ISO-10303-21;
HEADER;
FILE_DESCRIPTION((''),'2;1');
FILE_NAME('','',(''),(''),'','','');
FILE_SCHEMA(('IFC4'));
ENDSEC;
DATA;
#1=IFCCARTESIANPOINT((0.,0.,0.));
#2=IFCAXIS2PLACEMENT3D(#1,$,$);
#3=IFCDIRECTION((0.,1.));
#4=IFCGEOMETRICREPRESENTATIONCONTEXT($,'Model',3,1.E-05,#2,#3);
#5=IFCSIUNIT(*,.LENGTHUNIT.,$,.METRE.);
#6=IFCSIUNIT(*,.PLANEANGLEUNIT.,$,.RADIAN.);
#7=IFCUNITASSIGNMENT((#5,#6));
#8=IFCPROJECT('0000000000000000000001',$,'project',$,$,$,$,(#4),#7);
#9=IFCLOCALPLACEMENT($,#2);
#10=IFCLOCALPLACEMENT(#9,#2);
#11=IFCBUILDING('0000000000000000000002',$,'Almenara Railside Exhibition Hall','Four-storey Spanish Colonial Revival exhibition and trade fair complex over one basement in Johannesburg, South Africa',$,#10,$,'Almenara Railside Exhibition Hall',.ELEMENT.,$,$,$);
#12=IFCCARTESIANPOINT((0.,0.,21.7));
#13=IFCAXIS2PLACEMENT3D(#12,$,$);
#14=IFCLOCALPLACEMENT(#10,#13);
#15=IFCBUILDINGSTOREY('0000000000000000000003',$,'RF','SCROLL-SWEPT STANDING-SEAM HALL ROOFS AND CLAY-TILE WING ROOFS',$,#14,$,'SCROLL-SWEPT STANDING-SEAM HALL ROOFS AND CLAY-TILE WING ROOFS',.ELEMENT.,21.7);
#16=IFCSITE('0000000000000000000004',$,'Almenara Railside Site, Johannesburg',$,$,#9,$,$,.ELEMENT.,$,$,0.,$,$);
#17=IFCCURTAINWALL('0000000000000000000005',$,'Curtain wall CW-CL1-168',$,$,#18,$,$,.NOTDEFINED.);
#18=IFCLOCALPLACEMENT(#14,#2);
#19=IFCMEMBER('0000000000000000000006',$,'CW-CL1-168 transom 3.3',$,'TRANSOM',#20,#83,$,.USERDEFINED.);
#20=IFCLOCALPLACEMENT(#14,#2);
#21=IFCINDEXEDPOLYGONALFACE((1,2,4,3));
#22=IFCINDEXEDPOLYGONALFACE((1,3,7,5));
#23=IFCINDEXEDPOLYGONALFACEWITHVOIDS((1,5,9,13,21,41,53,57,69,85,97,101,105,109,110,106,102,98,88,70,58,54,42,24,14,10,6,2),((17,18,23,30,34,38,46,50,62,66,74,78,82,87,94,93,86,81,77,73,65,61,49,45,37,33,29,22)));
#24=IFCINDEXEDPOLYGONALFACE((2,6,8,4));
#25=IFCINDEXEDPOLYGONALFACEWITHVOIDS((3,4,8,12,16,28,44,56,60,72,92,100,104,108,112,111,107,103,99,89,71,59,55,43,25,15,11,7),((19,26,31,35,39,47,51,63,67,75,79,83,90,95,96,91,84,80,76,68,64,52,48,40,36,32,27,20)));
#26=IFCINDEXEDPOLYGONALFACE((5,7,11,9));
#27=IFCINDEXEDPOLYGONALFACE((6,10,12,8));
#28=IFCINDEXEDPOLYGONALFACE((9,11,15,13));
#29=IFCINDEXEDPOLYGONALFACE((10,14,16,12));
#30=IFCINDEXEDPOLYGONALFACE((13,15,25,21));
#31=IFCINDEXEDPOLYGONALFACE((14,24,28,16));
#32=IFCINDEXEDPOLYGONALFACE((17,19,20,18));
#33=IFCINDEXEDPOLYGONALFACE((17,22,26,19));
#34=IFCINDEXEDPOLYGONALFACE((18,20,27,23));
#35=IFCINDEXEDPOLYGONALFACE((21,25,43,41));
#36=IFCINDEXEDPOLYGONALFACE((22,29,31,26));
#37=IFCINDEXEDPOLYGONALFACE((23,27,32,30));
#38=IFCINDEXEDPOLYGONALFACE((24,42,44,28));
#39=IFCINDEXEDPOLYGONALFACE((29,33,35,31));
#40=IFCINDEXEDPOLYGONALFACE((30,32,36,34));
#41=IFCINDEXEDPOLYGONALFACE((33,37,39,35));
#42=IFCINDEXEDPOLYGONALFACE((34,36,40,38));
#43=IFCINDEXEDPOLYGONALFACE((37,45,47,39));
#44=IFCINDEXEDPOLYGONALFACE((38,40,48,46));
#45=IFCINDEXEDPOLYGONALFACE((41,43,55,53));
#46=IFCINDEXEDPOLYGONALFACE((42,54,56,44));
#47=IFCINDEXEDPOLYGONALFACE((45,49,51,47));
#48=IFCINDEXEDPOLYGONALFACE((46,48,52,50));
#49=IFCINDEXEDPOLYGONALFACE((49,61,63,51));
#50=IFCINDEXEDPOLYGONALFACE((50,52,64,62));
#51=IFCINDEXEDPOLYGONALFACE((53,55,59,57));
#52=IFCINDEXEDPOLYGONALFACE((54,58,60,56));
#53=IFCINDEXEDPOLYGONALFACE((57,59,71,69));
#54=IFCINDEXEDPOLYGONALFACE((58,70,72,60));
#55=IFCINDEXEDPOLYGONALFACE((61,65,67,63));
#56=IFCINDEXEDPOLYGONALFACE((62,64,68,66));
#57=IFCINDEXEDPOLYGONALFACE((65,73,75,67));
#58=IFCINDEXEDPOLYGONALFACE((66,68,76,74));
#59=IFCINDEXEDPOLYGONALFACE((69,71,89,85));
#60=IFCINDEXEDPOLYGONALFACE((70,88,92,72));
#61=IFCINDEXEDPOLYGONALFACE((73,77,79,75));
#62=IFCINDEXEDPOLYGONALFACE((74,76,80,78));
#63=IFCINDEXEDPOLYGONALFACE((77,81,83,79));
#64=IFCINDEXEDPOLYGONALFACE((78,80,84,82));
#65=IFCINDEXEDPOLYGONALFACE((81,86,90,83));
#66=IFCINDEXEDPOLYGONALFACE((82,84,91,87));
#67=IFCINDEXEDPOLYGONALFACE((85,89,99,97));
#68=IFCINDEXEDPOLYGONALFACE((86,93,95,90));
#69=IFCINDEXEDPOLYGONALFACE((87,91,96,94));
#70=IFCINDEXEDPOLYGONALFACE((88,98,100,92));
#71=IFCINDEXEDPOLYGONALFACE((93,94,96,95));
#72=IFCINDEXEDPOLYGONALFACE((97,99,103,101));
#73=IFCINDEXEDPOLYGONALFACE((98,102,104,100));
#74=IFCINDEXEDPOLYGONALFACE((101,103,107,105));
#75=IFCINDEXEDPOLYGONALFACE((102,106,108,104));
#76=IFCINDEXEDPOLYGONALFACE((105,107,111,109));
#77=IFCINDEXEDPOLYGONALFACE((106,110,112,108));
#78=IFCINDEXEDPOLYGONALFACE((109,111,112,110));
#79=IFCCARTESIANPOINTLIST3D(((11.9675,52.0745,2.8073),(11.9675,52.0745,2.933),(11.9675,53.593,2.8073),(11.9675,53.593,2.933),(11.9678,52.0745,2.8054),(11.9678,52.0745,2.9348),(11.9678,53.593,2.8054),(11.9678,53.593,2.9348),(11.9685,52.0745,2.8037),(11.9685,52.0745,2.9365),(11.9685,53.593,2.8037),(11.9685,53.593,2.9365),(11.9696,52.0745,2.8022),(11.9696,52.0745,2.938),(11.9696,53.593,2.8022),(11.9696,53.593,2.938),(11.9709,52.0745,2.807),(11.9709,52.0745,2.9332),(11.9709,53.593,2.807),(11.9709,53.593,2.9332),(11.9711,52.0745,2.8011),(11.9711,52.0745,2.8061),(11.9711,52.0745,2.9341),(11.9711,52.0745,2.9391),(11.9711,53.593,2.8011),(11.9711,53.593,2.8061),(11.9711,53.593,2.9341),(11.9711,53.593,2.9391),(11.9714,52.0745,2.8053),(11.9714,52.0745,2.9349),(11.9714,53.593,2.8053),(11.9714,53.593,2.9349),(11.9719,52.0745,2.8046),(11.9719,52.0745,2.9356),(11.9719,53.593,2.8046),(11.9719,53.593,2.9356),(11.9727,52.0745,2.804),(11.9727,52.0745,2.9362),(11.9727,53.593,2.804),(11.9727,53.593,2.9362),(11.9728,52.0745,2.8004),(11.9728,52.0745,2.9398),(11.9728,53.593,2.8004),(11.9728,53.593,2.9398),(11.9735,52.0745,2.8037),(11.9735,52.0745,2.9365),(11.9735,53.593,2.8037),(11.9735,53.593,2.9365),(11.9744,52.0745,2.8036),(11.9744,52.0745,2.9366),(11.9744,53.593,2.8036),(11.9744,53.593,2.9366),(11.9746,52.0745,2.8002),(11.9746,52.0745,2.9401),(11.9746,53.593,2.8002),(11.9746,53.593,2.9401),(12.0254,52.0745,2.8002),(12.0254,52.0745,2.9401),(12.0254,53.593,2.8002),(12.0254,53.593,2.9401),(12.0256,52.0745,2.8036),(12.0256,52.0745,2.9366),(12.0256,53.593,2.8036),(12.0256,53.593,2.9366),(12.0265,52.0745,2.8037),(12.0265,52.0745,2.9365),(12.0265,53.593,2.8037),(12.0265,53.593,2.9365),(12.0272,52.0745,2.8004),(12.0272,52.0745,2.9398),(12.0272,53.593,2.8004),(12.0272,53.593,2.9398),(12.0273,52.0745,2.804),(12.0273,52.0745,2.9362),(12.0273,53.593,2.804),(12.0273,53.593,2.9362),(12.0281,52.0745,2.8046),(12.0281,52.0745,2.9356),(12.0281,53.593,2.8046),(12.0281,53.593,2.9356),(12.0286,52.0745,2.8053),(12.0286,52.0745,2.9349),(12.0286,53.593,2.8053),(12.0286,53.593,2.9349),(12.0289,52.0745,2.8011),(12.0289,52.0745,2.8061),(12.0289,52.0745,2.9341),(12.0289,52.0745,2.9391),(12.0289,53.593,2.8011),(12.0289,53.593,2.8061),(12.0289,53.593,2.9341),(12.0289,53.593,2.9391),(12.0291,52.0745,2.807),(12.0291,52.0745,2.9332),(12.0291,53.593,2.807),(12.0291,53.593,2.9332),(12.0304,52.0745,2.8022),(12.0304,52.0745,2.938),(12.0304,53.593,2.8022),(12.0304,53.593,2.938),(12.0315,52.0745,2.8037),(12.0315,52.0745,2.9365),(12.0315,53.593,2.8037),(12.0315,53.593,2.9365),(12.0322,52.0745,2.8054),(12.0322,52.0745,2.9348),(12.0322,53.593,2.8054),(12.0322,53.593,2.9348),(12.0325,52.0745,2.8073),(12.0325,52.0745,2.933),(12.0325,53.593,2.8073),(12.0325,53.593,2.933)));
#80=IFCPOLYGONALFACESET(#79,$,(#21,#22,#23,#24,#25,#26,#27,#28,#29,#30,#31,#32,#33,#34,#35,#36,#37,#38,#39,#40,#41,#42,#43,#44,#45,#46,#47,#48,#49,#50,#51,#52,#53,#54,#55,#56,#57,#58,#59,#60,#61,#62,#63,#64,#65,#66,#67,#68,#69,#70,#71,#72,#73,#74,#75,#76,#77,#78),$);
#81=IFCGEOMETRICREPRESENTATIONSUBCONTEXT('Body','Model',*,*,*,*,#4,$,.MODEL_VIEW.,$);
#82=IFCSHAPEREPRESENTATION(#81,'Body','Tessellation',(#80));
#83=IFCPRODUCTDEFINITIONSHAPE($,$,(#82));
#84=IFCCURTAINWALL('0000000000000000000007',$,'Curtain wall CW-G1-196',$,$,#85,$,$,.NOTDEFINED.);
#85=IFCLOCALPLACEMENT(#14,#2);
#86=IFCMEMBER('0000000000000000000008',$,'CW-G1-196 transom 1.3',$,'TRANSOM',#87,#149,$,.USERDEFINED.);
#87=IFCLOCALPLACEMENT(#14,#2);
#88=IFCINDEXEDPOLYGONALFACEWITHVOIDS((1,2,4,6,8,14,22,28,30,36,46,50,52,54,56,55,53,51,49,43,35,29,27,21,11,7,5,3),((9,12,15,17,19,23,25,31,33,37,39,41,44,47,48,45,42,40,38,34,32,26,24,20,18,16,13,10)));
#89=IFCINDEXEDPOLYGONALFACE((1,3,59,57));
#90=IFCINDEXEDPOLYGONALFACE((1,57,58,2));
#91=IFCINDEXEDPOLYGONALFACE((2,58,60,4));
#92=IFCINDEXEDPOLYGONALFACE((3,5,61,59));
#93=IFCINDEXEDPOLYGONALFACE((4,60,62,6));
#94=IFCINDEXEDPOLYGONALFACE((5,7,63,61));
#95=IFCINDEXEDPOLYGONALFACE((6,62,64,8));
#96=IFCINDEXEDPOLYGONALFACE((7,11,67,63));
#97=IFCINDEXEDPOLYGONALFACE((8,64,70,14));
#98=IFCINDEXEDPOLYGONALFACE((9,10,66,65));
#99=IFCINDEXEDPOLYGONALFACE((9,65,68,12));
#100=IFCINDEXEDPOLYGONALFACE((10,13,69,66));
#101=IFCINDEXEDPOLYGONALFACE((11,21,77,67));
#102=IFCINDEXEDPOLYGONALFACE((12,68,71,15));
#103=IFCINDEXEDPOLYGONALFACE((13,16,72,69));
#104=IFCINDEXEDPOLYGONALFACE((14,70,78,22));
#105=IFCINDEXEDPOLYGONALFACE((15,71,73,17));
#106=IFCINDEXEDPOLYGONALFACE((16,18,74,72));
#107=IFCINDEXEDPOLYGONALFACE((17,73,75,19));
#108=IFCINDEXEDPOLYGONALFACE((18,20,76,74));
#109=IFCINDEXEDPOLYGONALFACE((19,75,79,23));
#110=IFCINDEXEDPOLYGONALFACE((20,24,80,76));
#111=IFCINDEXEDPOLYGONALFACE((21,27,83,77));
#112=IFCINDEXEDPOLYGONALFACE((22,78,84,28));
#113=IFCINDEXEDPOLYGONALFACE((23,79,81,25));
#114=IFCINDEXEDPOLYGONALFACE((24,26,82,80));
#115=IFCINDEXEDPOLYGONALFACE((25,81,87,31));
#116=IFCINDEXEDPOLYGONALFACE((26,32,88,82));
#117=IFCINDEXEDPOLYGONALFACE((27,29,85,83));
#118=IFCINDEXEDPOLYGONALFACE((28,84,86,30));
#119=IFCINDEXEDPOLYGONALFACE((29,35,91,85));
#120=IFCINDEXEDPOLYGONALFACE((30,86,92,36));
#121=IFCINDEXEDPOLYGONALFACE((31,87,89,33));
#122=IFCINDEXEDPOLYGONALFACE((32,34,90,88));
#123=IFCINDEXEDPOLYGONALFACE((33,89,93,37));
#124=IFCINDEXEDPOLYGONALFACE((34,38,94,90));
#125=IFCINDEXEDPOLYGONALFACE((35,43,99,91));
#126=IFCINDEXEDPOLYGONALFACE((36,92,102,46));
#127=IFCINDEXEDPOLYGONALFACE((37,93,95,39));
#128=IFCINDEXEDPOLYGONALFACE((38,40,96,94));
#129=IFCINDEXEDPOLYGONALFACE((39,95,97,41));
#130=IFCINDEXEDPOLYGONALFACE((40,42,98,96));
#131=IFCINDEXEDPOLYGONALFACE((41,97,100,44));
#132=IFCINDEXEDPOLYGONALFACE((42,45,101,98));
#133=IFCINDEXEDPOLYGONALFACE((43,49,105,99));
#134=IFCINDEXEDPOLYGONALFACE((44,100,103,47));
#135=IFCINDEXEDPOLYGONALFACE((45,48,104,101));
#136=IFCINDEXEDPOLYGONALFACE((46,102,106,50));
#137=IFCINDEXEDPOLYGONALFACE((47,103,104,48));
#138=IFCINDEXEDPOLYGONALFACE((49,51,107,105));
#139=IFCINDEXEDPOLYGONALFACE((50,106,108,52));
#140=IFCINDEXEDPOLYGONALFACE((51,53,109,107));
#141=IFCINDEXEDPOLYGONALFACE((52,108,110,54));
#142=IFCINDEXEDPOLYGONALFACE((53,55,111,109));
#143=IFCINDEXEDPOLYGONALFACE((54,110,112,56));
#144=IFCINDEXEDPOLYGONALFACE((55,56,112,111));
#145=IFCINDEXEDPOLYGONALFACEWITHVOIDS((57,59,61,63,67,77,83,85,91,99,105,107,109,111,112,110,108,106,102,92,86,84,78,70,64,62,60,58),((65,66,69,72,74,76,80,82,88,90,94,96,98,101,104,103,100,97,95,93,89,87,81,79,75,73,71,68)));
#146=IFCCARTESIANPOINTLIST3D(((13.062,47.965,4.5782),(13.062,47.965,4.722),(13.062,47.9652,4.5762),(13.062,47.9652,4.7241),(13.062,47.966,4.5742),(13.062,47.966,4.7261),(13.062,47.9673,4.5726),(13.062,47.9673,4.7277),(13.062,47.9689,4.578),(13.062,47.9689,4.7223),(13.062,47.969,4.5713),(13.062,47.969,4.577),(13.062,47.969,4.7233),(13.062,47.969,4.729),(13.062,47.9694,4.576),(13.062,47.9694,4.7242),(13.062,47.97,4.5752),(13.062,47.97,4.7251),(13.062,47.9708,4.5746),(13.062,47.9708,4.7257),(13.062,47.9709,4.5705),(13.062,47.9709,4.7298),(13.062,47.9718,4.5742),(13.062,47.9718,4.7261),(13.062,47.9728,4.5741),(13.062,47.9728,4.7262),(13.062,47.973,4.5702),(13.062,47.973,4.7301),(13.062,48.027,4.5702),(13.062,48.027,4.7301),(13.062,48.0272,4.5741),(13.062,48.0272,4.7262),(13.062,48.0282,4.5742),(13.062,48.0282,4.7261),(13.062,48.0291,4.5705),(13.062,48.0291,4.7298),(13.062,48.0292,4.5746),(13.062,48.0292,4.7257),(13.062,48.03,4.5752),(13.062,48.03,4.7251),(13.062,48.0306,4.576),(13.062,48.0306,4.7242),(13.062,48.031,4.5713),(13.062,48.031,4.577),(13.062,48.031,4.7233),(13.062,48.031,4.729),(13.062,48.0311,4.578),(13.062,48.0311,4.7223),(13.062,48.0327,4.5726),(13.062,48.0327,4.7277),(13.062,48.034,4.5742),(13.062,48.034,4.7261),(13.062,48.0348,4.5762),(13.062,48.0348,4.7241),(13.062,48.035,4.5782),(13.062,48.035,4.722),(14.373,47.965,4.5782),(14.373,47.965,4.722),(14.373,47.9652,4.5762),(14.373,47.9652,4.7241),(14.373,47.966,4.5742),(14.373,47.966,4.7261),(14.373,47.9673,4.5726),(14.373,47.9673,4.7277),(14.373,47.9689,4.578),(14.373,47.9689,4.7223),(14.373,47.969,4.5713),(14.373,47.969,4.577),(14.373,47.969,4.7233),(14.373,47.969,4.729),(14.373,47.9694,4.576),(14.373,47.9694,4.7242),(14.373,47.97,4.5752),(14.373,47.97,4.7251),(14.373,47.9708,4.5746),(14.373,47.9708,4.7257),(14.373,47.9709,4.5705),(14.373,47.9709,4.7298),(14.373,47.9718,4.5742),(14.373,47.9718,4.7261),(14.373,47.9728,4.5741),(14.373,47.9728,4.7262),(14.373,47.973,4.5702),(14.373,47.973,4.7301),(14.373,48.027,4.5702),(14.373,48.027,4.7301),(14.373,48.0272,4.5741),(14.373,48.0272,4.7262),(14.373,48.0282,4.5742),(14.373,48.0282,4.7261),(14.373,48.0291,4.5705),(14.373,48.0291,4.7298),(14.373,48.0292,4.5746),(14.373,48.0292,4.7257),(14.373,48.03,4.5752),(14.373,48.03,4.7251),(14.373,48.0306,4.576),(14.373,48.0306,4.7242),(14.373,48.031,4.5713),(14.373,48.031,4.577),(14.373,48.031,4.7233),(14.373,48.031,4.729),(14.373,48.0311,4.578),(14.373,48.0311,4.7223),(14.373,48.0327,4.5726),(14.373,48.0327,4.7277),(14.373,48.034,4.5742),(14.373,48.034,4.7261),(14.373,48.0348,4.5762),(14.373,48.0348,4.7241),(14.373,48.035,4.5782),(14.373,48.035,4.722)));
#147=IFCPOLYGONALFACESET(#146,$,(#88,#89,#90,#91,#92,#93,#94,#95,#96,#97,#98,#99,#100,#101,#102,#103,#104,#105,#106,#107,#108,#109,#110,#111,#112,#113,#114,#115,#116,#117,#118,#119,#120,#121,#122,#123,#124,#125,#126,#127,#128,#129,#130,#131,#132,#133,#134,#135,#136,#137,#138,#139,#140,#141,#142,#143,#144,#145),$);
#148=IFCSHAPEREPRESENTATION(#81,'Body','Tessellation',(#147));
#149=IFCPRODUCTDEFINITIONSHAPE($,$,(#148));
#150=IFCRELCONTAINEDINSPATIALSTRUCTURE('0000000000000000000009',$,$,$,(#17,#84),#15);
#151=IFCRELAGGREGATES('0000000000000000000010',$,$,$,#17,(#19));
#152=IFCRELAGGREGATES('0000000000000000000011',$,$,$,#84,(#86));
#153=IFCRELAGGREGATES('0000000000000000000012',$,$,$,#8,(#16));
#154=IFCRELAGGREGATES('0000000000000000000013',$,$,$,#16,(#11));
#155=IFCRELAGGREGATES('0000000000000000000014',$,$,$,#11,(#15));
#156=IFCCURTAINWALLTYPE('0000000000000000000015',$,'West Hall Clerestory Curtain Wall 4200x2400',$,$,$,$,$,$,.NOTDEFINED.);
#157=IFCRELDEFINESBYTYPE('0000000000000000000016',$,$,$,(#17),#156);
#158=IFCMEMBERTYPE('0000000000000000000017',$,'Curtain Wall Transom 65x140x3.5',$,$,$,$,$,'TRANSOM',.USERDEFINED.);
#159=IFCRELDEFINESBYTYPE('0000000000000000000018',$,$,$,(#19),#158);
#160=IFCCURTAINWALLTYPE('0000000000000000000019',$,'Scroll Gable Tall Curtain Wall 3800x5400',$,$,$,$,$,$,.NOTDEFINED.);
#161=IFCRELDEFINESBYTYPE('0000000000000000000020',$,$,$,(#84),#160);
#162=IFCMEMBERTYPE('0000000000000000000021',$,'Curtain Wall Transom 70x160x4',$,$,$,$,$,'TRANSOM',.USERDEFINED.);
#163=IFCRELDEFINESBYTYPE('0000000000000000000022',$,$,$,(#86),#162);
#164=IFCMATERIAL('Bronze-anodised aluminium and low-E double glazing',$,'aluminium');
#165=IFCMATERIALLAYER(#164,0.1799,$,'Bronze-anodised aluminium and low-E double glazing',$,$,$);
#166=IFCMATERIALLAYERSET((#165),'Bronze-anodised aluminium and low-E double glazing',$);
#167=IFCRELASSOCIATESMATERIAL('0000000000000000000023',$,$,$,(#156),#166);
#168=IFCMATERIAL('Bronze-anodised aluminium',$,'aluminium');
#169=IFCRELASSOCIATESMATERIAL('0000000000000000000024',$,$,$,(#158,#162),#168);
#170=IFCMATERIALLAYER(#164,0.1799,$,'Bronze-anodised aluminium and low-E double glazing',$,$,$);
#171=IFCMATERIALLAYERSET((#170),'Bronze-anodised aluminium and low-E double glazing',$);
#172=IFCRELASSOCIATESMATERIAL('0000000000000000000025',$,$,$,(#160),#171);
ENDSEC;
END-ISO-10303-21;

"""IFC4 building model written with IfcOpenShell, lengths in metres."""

from ifc_helpers import new_model, si_unit, direction, frame, origin, origin_2d, place, context, subcontext, project, spatial, hollow_rectangle, extrude, material, layer, layer_set, material_profile, profile_set, type_object, element, aggregate, save


model = new_model("IFC4")

# Units and contexts
model_context = context("Model", 3, precision=1e-05, world=origin(), true_north=direction((0.0, 1.0)))
body_context = subcontext(model_context, "Body", "Model", "MODEL_VIEW")
ifc_project = project(units=[si_unit("LENGTHUNIT", "METRE"), si_unit("PLANEANGLEUNIT", "RADIAN")], contexts=[model_context])

# Site, building, storey
site_placement = place(None, origin())
site = spatial("IfcSite", under=ifc_project, at=site_placement, Name="Almenara Railside Site, Johannesburg", CompositionType="ELEMENT", RefElevation=0.0)
building_placement = place(site_placement, origin())
building = spatial("IfcBuilding", under=site, at=building_placement, Name="Almenara Railside Exhibition Hall", Description="Four-storey Spanish Colonial Revival exhibition and trade fair complex over one basement in Johannesburg, South Africa", LongName="Almenara Railside Exhibition Hall", CompositionType="ELEMENT")
storey_placement = place(building_placement, frame((0.0, 0.0, 21.7)))
storey = spatial("IfcBuildingStorey", under=building, at=storey_placement, Name="RF", Description="SCROLL-SWEPT STANDING-SEAM HALL ROOFS AND CLAY-TILE WING ROOFS", LongName="SCROLL-SWEPT STANDING-SEAM HALL ROOFS AND CLAY-TILE WING ROOFS", CompositionType="ELEMENT", Elevation=21.7)

# Curtain walls, members
ifc_material_1 = material(Name="Bronze-anodised aluminium and low-E double glazing", Category="aluminium")
ifc_layer_1 = layer(ifc_material_1, 0.1799, Name="Bronze-anodised aluminium and low-E double glazing")
ifc_layer_set_1 = layer_set([ifc_layer_1], Name="Bronze-anodised aluminium and low-E double glazing")
curtain_wall_type_1 = type_object("IfcCurtainWallType", Name="West Hall Clerestory Curtain Wall 4200x2400", PredefinedType="NOTDEFINED", material=ifc_layer_set_1)
ifc_material_2 = material(Name="Bronze-anodised aluminium", Category="aluminium")
curtain_wall_1_placement = place(storey_placement, origin())
curtain_wall_1 = element("IfcCurtainWall", 1, at=curtain_wall_1_placement, inside=storey, type_object=curtain_wall_type_1, Name="Curtain wall CW-CL1-168", PredefinedType="NOTDEFINED")
ifc_material_profile_1 = material_profile(ifc_material_2, hollow_rectangle(XDim=0.0649, YDim=0.1399, WallThickness=0.0034, InnerFilletRadius=0.0034, OuterFilletRadius=0.0071, at=origin_2d()), Name="ALU-TRN 65x140x3.5")
ifc_profile_set_1 = profile_set([ifc_material_profile_1], Name="Bronze-anodised aluminium")
member_type_1 = type_object("IfcMemberType", Name="Curtain Wall Transom 65x140x3.5", ElementType="TRANSOM", PredefinedType="USERDEFINED", material=ifc_profile_set_1)
member_1_placement = place(storey_placement, frame((12.0, 52.0745, 2.8701), z_axis=(0.0, 1.0, 0.0), x_axis=(-1.0, 0.0, 0.0)))
member_1 = element("IfcMember", 2, at=member_1_placement, type_object=member_type_1, Name="CW-CL1-168 transom 3.3", ObjectType="TRANSOM", PredefinedType="USERDEFINED", context=body_context, shape_type="SweptSolid", body=[
    extrude(hollow_rectangle(XDim=0.0649, YDim=0.1399, WallThickness=0.0034, InnerFilletRadius=0.0034, OuterFilletRadius=0.0071, at=origin_2d()), origin(), (0.0, 0.0, 1.0), 1.5186),
])
aggregate(curtain_wall_1, [member_1])
ifc_layer_2 = layer(ifc_material_1, 0.1799, Name="Bronze-anodised aluminium and low-E double glazing")
ifc_layer_set_2 = layer_set([ifc_layer_2], Name="Bronze-anodised aluminium and low-E double glazing")
curtain_wall_type_2 = type_object("IfcCurtainWallType", Name="Scroll Gable Tall Curtain Wall 3800x5400", PredefinedType="NOTDEFINED", material=ifc_layer_set_2)
curtain_wall_2_placement = place(storey_placement, origin())
curtain_wall_2 = element("IfcCurtainWall", 3, at=curtain_wall_2_placement, inside=storey, type_object=curtain_wall_type_2, Name="Curtain wall CW-G1-196", PredefinedType="NOTDEFINED")
ifc_material_profile_2 = material_profile(ifc_material_2, hollow_rectangle(XDim=0.0701, YDim=0.1599, WallThickness=0.0039, InnerFilletRadius=0.0039, OuterFilletRadius=0.0081, at=origin_2d()), Name="ALU-TRN 70x160x4")
ifc_profile_set_2 = profile_set([ifc_material_profile_2], Name="Bronze-anodised aluminium")
member_type_2 = type_object("IfcMemberType", Name="Curtain Wall Transom 70x160x4", ElementType="TRANSOM", PredefinedType="USERDEFINED", material=ifc_profile_set_2)
member_2_placement = place(storey_placement, frame((13.062, 48.0, 4.6501), z_axis=(1.0, 0.0, 0.0), x_axis=(0.0, 1.0, 0.0)))
member_2 = element("IfcMember", 4, at=member_2_placement, type_object=member_type_2, Name="CW-G1-196 transom 1.3", ObjectType="TRANSOM", PredefinedType="USERDEFINED", context=body_context, shape_type="SweptSolid", body=[
    extrude(hollow_rectangle(XDim=0.0701, YDim=0.1599, WallThickness=0.0039, InnerFilletRadius=0.0039, OuterFilletRadius=0.0081, at=origin_2d()), origin(), (0.0, 0.0, 1.0), 1.311),
])

aggregate(curtain_wall_2, [member_2])

save(model, "model.ifc")
